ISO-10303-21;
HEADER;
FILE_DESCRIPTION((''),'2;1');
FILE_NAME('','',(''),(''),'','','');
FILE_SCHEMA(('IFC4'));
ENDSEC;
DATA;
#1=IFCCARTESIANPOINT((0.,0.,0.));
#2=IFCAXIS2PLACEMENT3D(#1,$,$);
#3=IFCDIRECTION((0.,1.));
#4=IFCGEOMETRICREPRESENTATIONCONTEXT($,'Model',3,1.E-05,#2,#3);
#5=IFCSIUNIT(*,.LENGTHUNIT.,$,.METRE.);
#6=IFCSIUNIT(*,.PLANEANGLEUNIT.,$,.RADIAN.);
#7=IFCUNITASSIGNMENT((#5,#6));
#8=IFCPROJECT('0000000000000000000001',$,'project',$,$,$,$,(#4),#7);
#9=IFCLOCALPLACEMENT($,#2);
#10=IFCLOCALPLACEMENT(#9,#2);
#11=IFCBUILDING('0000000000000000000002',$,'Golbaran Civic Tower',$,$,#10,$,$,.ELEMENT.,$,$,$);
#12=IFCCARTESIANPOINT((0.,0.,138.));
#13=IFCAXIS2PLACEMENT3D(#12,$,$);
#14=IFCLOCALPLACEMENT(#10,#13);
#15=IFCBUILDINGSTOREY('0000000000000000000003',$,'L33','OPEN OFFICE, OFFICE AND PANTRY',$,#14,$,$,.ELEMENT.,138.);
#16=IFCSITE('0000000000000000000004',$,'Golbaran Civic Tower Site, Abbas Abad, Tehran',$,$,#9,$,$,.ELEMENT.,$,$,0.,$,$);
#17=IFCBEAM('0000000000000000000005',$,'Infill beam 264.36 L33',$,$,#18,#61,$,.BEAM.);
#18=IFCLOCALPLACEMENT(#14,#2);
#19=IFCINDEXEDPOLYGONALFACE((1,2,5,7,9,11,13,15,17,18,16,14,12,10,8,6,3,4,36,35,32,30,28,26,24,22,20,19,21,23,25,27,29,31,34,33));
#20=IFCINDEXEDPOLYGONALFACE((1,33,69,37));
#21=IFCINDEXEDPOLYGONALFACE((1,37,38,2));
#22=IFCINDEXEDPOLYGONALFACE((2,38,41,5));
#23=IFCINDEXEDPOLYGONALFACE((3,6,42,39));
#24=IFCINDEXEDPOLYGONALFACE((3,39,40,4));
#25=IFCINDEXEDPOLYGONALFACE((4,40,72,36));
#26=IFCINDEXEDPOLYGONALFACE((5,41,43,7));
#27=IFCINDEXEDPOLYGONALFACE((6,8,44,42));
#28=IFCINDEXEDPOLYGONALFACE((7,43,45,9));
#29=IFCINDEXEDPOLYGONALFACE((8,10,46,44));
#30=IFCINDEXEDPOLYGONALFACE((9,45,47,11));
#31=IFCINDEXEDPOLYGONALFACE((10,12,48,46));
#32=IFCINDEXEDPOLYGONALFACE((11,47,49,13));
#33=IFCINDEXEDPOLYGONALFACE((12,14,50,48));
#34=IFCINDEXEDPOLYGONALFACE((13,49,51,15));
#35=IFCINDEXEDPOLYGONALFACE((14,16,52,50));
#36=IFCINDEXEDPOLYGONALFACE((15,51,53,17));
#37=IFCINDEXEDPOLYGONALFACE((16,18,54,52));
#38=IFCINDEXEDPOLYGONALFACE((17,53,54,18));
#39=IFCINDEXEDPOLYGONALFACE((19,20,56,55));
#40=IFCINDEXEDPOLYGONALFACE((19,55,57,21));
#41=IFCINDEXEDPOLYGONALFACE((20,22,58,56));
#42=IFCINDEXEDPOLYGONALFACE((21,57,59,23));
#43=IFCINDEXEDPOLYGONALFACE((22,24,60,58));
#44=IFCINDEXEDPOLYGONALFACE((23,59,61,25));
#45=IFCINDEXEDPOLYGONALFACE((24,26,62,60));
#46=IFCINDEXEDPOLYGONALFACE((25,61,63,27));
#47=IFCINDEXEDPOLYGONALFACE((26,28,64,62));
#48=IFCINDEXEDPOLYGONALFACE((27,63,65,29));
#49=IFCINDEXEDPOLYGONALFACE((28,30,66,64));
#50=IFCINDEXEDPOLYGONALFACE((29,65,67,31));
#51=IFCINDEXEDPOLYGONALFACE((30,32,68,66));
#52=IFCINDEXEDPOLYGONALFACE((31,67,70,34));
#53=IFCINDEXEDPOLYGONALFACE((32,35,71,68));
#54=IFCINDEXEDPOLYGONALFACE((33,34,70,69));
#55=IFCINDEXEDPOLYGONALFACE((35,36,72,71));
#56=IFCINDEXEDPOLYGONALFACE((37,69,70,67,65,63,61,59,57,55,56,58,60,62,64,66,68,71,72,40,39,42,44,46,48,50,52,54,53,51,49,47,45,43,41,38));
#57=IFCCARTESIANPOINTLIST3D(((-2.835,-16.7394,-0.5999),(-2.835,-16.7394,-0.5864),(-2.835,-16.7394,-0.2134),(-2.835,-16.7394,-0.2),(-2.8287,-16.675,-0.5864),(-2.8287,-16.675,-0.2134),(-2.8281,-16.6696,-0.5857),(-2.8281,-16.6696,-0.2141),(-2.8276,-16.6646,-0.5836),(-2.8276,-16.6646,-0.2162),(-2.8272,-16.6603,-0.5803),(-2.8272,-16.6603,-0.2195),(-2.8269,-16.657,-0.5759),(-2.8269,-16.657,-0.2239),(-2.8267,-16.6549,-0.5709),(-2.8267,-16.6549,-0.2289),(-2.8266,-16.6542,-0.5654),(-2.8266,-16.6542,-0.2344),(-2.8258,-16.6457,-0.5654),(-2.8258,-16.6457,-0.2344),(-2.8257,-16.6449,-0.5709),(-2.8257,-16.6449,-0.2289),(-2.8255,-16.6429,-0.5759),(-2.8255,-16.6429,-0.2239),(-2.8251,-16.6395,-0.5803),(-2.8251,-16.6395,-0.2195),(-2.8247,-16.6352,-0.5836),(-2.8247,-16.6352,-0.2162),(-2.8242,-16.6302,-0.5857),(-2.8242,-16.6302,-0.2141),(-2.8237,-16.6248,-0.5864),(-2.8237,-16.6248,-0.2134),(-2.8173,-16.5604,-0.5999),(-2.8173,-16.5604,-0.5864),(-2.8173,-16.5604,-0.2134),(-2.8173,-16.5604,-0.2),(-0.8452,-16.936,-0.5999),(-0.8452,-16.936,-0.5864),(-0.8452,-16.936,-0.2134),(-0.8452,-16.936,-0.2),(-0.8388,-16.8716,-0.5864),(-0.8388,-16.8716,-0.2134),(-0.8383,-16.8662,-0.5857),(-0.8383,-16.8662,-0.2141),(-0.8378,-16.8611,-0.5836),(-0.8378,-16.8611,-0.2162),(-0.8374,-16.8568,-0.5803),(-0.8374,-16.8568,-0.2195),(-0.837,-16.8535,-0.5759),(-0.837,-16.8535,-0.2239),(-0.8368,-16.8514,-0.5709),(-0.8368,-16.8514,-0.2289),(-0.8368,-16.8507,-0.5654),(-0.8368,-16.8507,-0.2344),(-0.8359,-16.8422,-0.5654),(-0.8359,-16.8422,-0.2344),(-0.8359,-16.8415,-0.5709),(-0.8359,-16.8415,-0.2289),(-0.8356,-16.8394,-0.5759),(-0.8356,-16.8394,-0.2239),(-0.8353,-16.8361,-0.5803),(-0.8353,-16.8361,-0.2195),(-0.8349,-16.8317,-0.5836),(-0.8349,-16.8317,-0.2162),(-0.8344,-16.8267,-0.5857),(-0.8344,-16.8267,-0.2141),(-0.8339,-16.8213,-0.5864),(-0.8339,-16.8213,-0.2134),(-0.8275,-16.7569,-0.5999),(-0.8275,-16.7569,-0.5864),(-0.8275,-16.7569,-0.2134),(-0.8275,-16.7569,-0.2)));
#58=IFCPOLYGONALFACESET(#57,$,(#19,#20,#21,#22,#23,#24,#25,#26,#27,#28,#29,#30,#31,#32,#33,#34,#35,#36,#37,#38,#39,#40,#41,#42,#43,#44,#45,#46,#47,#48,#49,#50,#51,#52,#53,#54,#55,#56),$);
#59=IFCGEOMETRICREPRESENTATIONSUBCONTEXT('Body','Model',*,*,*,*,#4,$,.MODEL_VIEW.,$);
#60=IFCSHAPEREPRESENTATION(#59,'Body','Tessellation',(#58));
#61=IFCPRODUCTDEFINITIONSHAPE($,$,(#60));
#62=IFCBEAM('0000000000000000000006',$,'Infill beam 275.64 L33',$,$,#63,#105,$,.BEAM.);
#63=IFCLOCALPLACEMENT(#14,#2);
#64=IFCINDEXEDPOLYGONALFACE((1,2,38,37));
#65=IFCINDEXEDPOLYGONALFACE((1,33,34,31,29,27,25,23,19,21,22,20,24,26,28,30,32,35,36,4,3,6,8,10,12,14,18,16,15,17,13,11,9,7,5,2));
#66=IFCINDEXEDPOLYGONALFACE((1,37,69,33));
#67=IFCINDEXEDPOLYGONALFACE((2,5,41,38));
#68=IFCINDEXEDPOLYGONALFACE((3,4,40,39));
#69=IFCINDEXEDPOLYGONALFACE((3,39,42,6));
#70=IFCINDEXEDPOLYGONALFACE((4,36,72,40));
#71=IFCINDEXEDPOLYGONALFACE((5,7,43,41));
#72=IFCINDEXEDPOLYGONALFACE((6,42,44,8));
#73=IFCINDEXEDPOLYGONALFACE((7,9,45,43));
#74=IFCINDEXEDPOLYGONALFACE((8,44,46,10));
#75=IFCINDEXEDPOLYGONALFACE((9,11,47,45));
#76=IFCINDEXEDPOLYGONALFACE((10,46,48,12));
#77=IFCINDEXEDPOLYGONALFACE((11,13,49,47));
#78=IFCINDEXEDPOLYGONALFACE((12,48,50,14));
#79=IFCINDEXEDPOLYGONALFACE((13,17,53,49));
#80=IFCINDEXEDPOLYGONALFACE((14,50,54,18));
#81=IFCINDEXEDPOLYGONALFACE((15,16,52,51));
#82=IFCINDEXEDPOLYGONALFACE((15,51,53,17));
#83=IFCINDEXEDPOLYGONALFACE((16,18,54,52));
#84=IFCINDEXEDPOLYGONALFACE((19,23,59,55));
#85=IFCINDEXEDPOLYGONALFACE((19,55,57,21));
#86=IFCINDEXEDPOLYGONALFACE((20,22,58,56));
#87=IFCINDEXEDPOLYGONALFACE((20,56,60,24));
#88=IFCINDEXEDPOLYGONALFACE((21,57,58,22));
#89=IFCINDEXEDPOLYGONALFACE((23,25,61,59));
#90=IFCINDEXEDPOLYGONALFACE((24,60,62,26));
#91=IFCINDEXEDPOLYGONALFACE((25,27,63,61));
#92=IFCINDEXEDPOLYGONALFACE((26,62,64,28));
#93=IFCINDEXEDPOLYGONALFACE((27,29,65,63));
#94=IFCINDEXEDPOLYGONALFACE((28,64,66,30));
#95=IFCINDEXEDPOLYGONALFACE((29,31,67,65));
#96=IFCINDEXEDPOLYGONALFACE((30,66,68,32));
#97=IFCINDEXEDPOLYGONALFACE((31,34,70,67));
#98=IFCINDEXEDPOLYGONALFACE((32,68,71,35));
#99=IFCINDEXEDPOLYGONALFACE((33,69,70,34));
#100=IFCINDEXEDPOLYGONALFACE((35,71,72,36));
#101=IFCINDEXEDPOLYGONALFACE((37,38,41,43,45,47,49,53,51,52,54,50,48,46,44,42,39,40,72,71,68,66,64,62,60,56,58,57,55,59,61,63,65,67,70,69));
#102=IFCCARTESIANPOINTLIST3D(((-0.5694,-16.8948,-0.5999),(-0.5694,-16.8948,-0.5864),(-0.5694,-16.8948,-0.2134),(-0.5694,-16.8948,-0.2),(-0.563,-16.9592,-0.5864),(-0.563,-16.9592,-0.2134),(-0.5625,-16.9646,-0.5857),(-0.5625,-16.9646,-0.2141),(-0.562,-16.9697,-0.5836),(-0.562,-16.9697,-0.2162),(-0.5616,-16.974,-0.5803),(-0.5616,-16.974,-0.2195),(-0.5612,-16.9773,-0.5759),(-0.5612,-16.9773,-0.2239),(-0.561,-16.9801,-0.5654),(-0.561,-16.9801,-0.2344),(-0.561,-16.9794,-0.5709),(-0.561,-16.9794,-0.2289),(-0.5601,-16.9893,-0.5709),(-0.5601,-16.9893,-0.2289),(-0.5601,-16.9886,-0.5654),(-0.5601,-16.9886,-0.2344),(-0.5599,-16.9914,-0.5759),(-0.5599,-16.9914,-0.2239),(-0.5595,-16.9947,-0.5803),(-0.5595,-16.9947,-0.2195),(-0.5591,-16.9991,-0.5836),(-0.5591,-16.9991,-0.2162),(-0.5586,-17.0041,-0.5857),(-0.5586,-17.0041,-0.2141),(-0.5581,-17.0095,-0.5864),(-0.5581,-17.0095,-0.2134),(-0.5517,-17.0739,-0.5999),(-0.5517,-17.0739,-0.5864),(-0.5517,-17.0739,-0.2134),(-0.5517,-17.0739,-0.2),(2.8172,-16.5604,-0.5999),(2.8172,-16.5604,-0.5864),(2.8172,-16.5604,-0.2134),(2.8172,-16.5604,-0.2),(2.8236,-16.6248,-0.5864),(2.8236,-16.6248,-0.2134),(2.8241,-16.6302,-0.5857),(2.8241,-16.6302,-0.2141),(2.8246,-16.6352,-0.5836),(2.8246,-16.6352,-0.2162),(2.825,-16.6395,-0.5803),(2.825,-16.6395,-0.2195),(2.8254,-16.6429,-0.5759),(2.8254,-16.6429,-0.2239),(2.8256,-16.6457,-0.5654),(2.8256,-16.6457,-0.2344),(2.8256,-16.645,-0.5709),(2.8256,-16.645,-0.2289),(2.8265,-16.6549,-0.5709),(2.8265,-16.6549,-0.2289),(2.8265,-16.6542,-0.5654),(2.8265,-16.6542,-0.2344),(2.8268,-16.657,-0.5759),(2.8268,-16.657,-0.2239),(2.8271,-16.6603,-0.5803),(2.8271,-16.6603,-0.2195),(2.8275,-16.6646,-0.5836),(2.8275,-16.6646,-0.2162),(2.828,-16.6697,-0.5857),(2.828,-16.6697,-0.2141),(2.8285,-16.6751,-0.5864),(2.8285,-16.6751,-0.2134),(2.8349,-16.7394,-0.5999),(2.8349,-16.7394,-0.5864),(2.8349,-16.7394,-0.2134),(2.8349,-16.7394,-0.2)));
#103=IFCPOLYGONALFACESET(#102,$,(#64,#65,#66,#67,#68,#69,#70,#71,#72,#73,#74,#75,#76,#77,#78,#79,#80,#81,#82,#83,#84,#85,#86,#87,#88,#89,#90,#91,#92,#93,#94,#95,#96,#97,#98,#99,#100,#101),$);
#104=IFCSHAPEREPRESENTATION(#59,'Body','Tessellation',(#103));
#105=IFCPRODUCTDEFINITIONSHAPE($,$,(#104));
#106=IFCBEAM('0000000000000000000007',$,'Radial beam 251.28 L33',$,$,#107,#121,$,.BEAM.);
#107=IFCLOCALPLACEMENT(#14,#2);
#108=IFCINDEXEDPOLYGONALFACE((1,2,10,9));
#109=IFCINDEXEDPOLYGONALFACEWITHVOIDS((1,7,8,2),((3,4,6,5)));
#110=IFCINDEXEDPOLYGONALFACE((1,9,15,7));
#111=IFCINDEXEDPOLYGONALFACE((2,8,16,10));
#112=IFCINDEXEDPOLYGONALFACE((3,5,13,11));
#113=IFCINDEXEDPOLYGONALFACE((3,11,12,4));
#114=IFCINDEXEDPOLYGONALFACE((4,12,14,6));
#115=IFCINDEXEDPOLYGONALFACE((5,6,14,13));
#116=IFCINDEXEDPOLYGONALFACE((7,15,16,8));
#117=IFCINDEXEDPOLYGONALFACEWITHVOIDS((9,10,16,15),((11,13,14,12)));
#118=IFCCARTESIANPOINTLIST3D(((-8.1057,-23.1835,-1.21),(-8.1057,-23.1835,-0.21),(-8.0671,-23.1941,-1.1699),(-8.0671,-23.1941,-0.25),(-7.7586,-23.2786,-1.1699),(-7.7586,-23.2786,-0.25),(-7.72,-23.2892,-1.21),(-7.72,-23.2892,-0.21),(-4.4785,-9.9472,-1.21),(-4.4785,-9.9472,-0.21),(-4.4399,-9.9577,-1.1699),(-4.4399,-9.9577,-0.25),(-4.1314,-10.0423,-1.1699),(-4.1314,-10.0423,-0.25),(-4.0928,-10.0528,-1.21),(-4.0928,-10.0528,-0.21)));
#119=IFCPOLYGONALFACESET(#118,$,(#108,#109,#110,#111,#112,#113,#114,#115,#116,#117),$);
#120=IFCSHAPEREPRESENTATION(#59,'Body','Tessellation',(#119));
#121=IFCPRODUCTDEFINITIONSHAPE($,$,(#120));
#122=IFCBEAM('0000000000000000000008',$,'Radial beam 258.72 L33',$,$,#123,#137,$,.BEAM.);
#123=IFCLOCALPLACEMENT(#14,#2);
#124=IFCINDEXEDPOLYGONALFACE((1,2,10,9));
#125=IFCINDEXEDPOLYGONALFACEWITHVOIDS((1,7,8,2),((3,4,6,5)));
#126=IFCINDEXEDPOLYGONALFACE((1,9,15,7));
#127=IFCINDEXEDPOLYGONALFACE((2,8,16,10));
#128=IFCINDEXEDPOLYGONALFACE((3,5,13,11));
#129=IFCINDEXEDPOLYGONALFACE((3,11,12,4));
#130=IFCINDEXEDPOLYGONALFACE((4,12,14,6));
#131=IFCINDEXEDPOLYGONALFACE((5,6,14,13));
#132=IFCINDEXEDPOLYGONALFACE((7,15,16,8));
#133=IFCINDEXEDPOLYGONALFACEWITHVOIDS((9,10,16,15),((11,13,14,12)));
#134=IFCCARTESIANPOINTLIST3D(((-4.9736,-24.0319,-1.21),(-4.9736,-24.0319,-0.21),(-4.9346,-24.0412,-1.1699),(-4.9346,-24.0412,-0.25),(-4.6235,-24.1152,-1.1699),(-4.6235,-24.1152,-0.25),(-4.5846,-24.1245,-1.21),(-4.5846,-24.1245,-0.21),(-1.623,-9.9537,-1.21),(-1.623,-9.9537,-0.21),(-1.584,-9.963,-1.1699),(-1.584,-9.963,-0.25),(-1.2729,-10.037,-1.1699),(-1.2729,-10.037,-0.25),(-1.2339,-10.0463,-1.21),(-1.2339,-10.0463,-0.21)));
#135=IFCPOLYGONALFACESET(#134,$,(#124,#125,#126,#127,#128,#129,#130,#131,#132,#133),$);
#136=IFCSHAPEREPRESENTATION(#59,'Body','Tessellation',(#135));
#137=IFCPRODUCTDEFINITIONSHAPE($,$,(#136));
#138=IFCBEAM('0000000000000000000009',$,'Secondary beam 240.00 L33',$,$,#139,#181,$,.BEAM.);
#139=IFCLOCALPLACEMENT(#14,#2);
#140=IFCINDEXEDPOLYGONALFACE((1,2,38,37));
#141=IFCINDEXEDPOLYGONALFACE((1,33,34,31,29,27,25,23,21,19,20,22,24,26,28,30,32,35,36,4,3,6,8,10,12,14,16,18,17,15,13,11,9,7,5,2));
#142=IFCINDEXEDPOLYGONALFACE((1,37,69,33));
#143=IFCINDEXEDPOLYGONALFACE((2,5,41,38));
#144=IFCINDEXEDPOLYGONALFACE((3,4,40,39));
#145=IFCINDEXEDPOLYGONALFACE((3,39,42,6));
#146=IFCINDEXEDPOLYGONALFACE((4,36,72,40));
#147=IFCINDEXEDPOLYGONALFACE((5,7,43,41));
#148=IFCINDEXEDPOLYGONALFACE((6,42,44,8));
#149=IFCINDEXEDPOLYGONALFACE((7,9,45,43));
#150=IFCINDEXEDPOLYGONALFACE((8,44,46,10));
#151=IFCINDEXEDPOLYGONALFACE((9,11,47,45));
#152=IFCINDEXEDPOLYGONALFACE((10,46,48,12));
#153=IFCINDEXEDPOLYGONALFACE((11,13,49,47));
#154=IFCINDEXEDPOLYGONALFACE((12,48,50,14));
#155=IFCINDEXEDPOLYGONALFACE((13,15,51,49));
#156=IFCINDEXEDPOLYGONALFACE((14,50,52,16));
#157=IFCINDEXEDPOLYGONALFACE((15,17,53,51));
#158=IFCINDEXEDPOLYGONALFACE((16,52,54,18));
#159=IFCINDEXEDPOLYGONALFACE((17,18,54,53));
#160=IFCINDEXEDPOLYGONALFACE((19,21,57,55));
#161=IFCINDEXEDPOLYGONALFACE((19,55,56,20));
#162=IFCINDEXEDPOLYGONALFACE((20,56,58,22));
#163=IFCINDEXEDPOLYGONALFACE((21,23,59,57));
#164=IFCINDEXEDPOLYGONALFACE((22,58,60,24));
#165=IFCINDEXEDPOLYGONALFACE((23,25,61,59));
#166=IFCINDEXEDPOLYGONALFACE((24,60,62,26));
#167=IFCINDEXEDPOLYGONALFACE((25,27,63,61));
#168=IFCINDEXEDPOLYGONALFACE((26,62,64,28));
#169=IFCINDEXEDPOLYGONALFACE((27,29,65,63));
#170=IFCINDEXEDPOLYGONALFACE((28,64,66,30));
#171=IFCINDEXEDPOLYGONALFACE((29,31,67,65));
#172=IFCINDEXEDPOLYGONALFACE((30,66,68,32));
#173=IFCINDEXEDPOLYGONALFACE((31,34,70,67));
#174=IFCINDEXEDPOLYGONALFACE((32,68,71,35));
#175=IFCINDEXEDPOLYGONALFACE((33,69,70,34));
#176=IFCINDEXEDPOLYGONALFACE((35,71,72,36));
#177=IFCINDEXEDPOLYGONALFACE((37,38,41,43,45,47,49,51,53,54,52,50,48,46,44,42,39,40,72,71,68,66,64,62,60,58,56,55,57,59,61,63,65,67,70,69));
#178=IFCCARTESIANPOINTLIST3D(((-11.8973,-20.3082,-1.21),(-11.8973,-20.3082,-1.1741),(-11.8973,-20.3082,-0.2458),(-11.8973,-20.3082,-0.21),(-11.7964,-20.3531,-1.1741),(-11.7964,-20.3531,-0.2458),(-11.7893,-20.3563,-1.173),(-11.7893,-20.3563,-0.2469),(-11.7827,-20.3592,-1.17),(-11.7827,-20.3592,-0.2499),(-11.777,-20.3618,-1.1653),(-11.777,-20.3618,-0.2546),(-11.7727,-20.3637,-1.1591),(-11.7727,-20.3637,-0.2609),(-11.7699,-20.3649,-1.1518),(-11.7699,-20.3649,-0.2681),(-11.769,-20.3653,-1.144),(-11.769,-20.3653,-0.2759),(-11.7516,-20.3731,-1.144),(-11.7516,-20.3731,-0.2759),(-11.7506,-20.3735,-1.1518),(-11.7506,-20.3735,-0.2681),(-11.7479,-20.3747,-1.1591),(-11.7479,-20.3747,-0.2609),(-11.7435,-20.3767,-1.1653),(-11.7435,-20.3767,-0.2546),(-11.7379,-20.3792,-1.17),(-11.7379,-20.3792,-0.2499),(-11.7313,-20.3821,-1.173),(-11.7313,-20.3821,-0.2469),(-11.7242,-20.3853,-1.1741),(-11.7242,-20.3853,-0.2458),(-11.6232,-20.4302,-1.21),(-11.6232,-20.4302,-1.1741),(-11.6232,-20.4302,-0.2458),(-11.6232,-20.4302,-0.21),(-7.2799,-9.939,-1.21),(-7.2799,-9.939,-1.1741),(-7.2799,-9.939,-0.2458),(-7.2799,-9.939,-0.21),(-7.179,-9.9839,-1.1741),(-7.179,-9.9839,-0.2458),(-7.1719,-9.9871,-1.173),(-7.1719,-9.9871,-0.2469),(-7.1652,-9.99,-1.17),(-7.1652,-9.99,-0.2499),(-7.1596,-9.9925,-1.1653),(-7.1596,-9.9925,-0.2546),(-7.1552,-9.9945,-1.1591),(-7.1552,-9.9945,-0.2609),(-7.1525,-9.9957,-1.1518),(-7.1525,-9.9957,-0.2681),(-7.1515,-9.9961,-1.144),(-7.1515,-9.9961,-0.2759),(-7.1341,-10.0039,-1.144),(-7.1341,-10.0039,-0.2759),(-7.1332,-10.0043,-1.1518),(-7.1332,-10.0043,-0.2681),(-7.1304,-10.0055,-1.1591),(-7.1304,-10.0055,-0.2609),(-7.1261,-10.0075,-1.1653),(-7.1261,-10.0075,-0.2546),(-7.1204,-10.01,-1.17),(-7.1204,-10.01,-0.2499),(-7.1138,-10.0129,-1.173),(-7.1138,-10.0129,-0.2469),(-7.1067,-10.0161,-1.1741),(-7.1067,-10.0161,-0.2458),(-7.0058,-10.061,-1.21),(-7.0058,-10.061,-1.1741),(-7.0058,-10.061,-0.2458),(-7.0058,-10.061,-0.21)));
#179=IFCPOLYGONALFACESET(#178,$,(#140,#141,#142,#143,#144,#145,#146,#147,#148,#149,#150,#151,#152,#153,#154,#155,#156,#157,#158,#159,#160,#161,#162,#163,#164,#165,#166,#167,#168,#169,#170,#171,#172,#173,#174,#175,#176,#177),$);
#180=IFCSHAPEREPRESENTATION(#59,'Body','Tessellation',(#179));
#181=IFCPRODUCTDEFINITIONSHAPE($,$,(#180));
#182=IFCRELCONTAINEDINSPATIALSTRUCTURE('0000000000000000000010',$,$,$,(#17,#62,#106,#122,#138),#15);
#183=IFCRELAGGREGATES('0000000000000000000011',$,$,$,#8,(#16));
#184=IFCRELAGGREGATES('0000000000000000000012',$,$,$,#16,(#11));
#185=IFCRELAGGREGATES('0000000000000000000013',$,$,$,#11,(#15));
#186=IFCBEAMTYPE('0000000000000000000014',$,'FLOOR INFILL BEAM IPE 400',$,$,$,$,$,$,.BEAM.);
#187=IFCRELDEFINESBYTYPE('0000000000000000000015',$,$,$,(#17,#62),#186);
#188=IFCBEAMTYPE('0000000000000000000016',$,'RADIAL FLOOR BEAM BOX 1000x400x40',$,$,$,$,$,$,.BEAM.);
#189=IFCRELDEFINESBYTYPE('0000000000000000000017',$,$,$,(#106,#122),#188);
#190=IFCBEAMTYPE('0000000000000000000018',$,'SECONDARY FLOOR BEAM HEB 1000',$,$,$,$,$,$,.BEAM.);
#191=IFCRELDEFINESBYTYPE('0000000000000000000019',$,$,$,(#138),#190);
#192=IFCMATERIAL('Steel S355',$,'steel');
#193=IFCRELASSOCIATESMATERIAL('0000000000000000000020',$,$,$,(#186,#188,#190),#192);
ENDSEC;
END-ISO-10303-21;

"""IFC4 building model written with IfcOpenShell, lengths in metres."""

from ifc_helpers import new_model, si_unit, direction, frame, origin, origin_2d, place, context, subcontext, project, spatial, hollow_rectangle, i_section, extrude, material, material_profile, profile_set, type_object, element, save


model = new_model("IFC4")

# Units and contexts
model_context = context("Model", 3, precision=1e-05, world=origin(), true_north=direction((0.0, 1.0)))
body_context = subcontext(model_context, "Body", "Model", "MODEL_VIEW")
ifc_project = project(units=[si_unit("LENGTHUNIT", "METRE"), si_unit("PLANEANGLEUNIT", "RADIAN")], contexts=[model_context])

# Site, building, storey
site_placement = place(None, origin())
site = spatial("IfcSite", under=ifc_project, at=site_placement, Name="Golbaran Civic Tower Site, Abbas Abad, Tehran", CompositionType="ELEMENT", RefElevation=0.0)
building_placement = place(site_placement, origin())
building = spatial("IfcBuilding", under=site, at=building_placement, Name="Golbaran Civic Tower", CompositionType="ELEMENT")
storey_placement = place(building_placement, frame((0.0, 0.0, 138.0)))
storey = spatial("IfcBuildingStorey", under=building, at=storey_placement, Name="L33", Description="OPEN OFFICE, OFFICE AND PANTRY", CompositionType="ELEMENT", Elevation=138.0)

# Beams
ifc_material_1 = material(Name="Steel S355", Category="steel")
ifc_material_profile_1 = material_profile(ifc_material_1, i_section(OverallWidth=0.1799, OverallDepth=0.3999, WebThickness=0.0085, FlangeThickness=0.0134, FilletRadius=0.021, at=origin_2d()), Name="IPE 400")
ifc_profile_set_1 = profile_set([ifc_material_profile_1], Name="Steel S355")
beam_type_1 = type_object("IfcBeamType", Name="FLOOR INFILL BEAM IPE 400", PredefinedType="BEAM", material=ifc_profile_set_1)
beam_1_placement = place(storey_placement, frame((-2.8262, -16.6499, -0.3999), z_axis=(0.995157, -0.098295, 0.0), x_axis=(0.098295, 0.995157, 0.0)))
element("IfcBeam", 1, at=beam_1_placement, inside=storey, type_object=beam_type_1, Name="Infill beam 264.36 L33", PredefinedType="BEAM", context=body_context, shape_type="SweptSolid", body=[
    extrude(i_section(OverallWidth=0.1799, OverallDepth=0.3999, WebThickness=0.0085, FlangeThickness=0.0134, FilletRadius=0.021, at=origin_2d()), origin(), (0.0, 0.0, 1.0), 1.9995),
])
beam_2_placement = place(storey_placement, frame((-0.5605, -16.9844, -0.3999), z_axis=(0.995159, 0.098282, 0.0), x_axis=(-0.098282, 0.995159, 0.0)))
element("IfcBeam", 2, at=beam_2_placement, inside=storey, type_object=beam_type_1, Name="Infill beam 275.64 L33", PredefinedType="BEAM", context=body_context, shape_type="SweptSolid", body=[
    extrude(i_section(OverallWidth=0.1799, OverallDepth=0.3999, WebThickness=0.0085, FlangeThickness=0.0134, FilletRadius=0.021, at=origin_2d()), origin(), (0.0, 0.0, 1.0), 3.4031),
])
ifc_material_profile_2 = material_profile(ifc_material_1, hollow_rectangle(XDim=0.3999, YDim=1.0, WallThickness=0.04, at=origin_2d()), Name="BOX 1000x400x40")
ifc_profile_set_2 = profile_set([ifc_material_profile_2], Name="Steel S355")
beam_type_2 = type_object("IfcBeamType", Name="RADIAL FLOOR BEAM BOX 1000x400x40", PredefinedType="BEAM", material=ifc_profile_set_2)
beam_3_placement = place(storey_placement, frame((-4.2856, -10.0, -0.71), z_axis=(-0.26429, -0.964443, 0.0), x_axis=(0.964443, -0.26429, 0.0)))
element("IfcBeam", 3, at=beam_3_placement, inside=storey, type_object=beam_type_2, Name="Radial beam 251.28 L33", PredefinedType="BEAM", context=body_context, shape_type="SweptSolid", body=[
    extrude(hollow_rectangle(XDim=0.3999, YDim=1.0, WallThickness=0.04, at=origin_2d()), origin(), (0.0, 0.0, 1.0), 13.7244),
])
beam_4_placement = place(storey_placement, frame((-1.4285, -10.0, -0.71), z_axis=(-0.231532, -0.972827, 0.0), x_axis=(0.972827, -0.231532, 0.0)))
element("IfcBeam", 4, at=beam_4_placement, inside=storey, type_object=beam_type_2, Name="Radial beam 258.72 L33", PredefinedType="BEAM", context=body_context, shape_type="SweptSolid", body=[
    extrude(hollow_rectangle(XDim=0.3999, YDim=1.0, WallThickness=0.04, at=origin_2d()), origin(), (0.0, 0.0, 1.0), 14.4714),
])
ifc_material_profile_3 = material_profile(ifc_material_1, i_section(OverallWidth=0.3, OverallDepth=1.0, WebThickness=0.019, FlangeThickness=0.0359, FilletRadius=0.03, at=origin_2d()), Name="HEB 1000")
ifc_profile_set_3 = profile_set([ifc_material_profile_3], Name="Steel S355")
beam_type_3 = type_object("IfcBeamType", Name="SECONDARY FLOOR BEAM HEB 1000", PredefinedType="BEAM", material=ifc_profile_set_3)
beam_5_placement = place(storey_placement, frame((-7.1428, -10.0, -0.71), z_axis=(-0.406795, -0.91352, 0.0), x_axis=(0.91352, -0.406795, 0.0)))
element("IfcBeam", 5, at=beam_5_placement, inside=storey, type_object=beam_type_3, Name="Secondary beam 240.00 L33", PredefinedType="BEAM", context=body_context, shape_type="SweptSolid", body=[
    extrude(i_section(OverallWidth=0.3, OverallDepth=1.0, WebThickness=0.019, FlangeThickness=0.0359, FilletRadius=0.03, at=origin_2d()), origin(), (0.0, 0.0, 1.0), 11.3508),
])

save(model, "model.ifc")
